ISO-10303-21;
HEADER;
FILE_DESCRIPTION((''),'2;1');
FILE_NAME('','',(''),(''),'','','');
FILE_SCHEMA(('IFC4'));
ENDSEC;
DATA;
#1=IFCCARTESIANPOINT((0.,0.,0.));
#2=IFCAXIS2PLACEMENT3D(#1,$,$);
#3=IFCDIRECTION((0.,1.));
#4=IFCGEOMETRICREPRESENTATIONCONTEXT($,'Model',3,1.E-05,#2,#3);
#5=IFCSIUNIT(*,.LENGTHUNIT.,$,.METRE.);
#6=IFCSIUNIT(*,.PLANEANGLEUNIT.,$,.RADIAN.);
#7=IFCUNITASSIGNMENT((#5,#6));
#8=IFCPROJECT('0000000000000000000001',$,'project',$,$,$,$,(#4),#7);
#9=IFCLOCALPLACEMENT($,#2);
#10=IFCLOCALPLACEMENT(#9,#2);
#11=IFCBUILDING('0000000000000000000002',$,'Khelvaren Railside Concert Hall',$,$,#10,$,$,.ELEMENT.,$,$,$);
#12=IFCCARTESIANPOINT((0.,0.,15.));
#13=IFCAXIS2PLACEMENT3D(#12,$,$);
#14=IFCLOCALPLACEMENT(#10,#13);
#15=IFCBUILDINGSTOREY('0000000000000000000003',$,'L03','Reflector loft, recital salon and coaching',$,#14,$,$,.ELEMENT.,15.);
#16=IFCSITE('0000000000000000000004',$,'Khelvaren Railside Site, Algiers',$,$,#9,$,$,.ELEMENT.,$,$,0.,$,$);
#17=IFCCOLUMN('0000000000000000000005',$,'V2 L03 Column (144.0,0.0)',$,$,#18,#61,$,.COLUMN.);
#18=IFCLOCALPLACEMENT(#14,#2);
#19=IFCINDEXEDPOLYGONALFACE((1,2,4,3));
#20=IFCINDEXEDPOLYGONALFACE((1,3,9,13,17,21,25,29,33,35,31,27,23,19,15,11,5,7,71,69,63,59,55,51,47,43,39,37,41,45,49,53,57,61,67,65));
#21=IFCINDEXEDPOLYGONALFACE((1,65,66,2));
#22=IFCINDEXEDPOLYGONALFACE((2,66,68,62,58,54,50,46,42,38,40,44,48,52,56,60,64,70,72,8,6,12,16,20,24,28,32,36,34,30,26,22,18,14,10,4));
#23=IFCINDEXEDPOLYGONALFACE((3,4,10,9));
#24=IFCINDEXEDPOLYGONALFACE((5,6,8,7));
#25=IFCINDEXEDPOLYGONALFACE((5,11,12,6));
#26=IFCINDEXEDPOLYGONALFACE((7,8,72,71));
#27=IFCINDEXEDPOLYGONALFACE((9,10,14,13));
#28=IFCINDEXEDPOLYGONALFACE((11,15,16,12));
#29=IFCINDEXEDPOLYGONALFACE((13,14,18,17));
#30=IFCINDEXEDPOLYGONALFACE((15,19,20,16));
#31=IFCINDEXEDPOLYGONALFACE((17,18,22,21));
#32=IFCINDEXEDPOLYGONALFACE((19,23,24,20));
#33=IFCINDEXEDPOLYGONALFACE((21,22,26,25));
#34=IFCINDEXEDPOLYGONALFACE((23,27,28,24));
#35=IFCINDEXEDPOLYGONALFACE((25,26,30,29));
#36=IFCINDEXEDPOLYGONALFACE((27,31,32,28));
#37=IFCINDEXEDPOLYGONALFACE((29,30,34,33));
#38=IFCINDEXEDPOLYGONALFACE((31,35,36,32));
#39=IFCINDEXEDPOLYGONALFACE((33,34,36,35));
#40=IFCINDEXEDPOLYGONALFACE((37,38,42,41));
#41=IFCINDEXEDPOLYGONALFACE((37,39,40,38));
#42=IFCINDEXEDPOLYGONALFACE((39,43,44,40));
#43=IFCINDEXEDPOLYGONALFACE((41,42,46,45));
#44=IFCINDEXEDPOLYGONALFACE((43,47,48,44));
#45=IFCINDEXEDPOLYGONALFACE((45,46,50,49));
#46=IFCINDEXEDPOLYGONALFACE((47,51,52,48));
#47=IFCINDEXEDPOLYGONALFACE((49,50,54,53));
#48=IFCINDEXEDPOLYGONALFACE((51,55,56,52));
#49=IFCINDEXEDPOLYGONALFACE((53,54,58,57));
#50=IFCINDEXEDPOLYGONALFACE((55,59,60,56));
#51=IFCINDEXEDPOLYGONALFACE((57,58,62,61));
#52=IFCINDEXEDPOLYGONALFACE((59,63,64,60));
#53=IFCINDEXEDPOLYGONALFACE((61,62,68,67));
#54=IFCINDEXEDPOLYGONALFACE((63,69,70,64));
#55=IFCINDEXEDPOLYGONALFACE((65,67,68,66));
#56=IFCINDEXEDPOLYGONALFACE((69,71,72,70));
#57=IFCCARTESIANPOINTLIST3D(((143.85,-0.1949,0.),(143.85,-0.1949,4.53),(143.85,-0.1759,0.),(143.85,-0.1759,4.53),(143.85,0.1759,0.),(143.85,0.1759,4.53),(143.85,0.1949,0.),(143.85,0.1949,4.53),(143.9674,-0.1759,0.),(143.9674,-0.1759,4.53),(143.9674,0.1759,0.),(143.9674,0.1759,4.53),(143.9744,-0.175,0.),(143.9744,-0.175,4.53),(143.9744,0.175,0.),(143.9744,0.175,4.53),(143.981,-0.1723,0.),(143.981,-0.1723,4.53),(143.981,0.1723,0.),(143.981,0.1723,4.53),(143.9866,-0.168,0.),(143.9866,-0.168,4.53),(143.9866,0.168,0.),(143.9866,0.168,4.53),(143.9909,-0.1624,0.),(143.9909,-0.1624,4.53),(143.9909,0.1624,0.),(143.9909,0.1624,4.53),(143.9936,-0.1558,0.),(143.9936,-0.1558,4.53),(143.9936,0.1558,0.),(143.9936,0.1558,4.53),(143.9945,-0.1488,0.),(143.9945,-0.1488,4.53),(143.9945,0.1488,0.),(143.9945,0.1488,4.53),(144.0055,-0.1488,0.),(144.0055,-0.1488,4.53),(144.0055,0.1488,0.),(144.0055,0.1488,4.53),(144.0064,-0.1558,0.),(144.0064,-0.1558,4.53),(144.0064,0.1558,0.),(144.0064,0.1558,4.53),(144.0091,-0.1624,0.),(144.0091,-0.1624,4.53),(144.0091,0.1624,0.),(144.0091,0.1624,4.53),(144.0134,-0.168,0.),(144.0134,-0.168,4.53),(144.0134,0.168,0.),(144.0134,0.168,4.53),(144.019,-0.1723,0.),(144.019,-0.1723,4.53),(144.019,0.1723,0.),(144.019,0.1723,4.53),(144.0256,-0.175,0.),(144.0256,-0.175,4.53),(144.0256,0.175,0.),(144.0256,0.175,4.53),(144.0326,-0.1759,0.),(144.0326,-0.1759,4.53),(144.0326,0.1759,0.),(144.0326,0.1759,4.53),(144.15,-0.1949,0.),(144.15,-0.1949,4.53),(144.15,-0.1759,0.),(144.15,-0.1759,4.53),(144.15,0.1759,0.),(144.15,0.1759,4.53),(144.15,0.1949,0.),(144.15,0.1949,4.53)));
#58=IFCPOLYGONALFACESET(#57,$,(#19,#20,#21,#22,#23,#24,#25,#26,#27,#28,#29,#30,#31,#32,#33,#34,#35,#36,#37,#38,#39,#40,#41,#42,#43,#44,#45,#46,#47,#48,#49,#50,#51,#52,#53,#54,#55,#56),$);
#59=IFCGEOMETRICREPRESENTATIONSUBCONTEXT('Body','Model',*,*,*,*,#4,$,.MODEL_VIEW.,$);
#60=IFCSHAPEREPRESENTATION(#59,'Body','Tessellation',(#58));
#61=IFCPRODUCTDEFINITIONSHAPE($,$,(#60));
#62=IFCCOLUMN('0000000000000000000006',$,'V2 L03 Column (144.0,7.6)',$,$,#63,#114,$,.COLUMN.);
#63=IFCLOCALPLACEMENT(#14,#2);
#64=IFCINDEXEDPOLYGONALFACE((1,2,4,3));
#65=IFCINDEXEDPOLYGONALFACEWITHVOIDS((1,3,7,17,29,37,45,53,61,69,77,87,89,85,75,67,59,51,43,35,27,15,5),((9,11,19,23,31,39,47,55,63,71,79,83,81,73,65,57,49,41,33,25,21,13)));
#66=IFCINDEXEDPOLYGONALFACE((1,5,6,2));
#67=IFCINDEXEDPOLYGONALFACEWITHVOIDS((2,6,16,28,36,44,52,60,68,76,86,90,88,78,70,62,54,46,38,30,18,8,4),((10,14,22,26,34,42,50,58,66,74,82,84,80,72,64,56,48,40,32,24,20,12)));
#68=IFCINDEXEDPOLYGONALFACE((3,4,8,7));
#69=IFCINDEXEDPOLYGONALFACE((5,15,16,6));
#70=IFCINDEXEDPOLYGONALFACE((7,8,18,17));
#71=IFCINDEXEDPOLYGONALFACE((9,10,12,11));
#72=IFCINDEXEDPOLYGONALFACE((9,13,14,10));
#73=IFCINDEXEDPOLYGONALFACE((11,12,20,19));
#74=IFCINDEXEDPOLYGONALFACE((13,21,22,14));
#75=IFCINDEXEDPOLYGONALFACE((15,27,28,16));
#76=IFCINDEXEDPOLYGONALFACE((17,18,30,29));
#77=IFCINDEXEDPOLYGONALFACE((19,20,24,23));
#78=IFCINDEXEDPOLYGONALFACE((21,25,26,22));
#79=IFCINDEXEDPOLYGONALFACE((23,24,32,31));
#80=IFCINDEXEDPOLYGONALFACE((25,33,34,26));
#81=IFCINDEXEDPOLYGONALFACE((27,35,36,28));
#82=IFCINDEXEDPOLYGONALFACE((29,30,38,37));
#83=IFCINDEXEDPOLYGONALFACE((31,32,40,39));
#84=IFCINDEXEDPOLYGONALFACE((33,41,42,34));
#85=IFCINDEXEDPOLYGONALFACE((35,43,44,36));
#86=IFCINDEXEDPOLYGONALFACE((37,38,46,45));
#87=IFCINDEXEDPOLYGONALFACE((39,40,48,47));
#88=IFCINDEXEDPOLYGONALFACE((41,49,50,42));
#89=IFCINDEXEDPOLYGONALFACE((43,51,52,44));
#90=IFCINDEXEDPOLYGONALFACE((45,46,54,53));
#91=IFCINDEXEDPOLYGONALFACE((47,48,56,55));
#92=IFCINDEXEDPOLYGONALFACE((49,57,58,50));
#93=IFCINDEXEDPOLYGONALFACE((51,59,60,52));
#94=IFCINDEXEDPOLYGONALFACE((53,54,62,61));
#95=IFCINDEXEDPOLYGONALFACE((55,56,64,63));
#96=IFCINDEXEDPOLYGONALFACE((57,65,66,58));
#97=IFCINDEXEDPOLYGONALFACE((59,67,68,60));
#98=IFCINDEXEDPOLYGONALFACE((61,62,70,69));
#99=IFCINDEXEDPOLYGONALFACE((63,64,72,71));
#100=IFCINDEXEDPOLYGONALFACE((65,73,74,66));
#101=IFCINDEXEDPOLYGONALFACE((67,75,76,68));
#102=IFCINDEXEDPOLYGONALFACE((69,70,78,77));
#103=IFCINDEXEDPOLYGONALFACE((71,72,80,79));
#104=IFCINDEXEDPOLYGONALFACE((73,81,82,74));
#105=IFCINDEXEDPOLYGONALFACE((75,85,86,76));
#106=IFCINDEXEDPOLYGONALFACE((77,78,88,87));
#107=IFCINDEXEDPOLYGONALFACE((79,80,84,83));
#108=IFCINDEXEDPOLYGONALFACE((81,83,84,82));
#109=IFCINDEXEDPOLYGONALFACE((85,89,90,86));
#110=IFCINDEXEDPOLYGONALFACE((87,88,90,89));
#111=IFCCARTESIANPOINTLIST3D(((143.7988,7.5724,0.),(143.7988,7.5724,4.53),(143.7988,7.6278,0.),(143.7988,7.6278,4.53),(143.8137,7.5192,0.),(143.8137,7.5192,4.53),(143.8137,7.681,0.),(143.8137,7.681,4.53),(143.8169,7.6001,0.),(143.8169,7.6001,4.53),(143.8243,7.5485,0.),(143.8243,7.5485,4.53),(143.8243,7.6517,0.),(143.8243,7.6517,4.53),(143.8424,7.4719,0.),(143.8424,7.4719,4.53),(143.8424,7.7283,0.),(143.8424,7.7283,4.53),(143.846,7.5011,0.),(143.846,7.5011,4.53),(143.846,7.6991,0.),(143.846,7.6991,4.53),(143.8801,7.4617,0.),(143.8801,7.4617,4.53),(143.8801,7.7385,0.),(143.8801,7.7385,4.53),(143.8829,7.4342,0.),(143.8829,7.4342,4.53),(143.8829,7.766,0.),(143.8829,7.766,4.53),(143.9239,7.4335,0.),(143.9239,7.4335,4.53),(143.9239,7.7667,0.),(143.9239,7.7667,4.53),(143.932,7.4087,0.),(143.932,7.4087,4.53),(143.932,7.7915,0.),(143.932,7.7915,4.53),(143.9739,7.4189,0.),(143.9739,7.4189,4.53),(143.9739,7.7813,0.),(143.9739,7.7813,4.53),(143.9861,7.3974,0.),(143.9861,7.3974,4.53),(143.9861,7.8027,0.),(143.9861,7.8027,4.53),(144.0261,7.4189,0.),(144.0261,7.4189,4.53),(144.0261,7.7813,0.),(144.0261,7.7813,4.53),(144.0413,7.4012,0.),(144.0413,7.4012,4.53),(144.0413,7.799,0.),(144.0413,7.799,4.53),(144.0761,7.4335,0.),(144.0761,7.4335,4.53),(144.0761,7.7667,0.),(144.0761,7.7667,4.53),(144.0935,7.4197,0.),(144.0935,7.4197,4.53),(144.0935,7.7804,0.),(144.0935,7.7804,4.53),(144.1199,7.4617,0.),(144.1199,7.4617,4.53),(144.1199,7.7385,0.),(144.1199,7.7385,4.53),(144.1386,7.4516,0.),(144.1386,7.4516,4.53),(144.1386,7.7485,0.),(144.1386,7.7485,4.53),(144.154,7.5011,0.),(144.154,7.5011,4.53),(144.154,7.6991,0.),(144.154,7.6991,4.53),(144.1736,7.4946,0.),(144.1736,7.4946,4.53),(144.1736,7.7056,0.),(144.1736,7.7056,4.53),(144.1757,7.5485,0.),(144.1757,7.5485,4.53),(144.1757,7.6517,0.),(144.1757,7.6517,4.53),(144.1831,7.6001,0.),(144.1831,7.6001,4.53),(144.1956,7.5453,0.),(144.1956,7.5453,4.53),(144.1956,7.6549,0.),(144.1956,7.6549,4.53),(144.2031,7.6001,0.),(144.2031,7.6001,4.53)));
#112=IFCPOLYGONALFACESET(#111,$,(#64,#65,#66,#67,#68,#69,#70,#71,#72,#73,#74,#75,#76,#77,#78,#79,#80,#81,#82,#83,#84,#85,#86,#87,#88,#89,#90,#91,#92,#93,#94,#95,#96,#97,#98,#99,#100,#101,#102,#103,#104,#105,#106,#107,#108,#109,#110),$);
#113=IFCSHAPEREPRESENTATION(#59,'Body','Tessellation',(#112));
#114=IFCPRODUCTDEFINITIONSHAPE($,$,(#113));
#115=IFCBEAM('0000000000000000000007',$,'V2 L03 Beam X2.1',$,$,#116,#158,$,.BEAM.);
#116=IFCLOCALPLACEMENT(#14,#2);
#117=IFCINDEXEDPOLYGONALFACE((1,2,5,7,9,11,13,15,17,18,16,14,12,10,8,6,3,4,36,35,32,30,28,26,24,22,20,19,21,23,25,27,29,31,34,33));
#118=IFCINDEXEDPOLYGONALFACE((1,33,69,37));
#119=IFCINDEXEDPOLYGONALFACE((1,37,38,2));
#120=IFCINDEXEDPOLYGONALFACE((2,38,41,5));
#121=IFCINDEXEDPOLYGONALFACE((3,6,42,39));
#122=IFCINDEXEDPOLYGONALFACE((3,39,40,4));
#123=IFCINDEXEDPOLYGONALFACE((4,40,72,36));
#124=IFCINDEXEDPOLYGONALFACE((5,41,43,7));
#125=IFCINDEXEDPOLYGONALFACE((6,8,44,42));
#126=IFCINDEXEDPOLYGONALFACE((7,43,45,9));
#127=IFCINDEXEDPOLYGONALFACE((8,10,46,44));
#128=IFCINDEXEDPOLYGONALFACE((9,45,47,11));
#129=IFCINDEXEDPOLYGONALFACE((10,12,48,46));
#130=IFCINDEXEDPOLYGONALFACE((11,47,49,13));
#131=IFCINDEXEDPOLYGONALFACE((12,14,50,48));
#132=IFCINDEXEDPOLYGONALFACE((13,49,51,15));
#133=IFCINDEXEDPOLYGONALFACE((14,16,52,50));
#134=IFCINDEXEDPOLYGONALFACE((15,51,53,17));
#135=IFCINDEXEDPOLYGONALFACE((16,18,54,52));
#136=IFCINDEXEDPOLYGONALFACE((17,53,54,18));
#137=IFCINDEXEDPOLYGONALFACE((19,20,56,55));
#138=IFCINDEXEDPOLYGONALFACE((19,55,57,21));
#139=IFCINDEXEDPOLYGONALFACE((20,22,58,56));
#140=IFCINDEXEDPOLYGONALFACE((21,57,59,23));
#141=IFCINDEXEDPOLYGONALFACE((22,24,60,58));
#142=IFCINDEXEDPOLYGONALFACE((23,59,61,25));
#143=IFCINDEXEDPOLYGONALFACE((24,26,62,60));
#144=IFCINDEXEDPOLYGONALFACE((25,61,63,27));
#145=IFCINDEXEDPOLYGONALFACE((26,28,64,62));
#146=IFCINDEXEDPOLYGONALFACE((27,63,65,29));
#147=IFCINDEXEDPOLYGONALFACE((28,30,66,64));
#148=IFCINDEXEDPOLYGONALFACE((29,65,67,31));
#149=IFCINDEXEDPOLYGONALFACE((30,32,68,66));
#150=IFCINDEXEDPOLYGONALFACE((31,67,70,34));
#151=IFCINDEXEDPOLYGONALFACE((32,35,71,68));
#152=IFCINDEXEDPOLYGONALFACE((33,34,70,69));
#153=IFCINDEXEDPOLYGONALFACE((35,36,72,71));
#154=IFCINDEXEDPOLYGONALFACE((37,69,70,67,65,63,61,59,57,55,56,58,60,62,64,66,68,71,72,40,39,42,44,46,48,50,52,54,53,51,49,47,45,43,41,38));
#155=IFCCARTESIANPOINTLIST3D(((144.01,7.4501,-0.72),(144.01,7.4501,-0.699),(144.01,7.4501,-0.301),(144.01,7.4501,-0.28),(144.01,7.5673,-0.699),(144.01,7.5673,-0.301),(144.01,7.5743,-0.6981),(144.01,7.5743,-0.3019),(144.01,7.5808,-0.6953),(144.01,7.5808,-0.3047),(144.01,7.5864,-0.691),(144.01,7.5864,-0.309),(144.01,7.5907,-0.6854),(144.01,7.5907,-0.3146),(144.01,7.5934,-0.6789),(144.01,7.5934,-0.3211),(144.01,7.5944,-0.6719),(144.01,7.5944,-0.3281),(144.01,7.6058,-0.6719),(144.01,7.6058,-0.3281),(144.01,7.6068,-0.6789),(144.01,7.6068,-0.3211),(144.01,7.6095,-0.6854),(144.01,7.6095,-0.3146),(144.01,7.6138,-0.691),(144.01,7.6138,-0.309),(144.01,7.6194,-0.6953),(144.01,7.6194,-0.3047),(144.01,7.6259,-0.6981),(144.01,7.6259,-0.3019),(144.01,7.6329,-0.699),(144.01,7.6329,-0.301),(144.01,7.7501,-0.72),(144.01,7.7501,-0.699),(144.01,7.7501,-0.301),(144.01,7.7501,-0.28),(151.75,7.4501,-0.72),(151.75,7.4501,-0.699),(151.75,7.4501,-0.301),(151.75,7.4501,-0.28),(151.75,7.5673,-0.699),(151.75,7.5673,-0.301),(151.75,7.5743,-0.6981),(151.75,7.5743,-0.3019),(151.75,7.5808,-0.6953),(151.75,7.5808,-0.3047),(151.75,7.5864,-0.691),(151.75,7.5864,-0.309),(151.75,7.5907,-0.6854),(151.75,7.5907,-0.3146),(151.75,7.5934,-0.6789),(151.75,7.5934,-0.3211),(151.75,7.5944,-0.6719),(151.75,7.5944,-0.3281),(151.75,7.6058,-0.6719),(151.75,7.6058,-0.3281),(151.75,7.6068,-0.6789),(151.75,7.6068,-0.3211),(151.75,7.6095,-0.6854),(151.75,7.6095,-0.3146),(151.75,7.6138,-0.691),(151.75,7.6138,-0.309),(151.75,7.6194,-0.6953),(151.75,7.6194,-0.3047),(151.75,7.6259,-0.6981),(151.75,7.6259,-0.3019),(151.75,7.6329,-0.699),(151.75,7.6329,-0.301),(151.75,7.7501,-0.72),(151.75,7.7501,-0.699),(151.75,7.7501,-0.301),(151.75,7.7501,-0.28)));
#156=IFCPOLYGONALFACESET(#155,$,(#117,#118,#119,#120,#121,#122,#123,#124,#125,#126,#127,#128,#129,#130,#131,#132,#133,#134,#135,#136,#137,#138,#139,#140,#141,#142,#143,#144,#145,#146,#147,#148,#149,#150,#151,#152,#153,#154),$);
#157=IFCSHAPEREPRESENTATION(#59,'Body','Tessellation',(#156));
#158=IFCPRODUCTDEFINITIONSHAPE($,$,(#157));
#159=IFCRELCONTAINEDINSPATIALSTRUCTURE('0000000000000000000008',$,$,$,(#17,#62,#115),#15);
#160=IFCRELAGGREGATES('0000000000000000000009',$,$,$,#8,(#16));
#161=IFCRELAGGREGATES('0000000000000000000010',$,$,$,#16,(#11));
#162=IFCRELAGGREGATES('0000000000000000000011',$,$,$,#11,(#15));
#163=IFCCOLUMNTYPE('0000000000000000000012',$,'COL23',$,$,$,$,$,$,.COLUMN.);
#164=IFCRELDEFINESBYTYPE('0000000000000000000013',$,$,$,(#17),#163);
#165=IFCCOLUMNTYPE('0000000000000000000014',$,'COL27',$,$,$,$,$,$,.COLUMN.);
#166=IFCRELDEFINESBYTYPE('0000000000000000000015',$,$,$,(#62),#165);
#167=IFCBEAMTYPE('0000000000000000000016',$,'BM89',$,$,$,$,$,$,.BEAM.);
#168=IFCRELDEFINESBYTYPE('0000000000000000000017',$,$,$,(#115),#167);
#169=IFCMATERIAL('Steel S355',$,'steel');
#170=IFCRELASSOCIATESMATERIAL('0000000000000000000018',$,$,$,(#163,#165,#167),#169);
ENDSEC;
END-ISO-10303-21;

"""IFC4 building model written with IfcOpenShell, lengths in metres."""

from ifc_helpers import new_model, si_unit, direction, frame, origin, origin_2d, place, context, subcontext, project, spatial, hollow_circle, i_section, extrude, material, material_profile, profile_set, type_object, element, save


model = new_model("IFC4")

# Units and contexts
model_context = context("Model", 3, precision=1e-05, world=origin(), true_north=direction((0.0, 1.0)))
body_context = subcontext(model_context, "Body", "Model", "MODEL_VIEW")
ifc_project = project(units=[si_unit("LENGTHUNIT", "METRE"), si_unit("PLANEANGLEUNIT", "RADIAN")], contexts=[model_context])

# Site, building, storey
site_placement = place(None, origin())
site = spatial("IfcSite", under=ifc_project, at=site_placement, Name="Khelvaren Railside Site, Algiers", CompositionType="ELEMENT", RefElevation=0.0)
building_placement = place(site_placement, origin())
building = spatial("IfcBuilding", under=site, at=building_placement, Name="Khelvaren Railside Concert Hall", CompositionType="ELEMENT")
storey_placement = place(building_placement, frame((0.0, 0.0, 15.0)))
storey = spatial("IfcBuildingStorey", under=building, at=storey_placement, Name="L03", Description="Reflector loft, recital salon and coaching", CompositionType="ELEMENT", Elevation=15.0)

# Columns
ifc_material_1 = material(Name="Steel S355", Category="steel")
ifc_material_profile_1 = material_profile(ifc_material_1, i_section(OverallWidth=0.3, OverallDepth=0.3899, WebThickness=0.011, FlangeThickness=0.019, FilletRadius=0.0271, at=origin_2d()), Name="HEA 400")
ifc_profile_set_1 = profile_set([ifc_material_profile_1], Name="Steel S355")
column_type_1 = type_object("IfcColumnType", Name="COL23", PredefinedType="COLUMN", material=ifc_profile_set_1)
column_1_placement = place(storey_placement, frame((144.0, 0.0, 0.0), z_axis=(0.0, 0.0, 1.0), x_axis=(1.0, 0.0, 0.0)))
element("IfcColumn", 1, at=column_1_placement, inside=storey, type_object=column_type_1, Name="V2 L03 Column (144.0,0.0)", PredefinedType="COLUMN", context=body_context, shape_type="SweptSolid", body=[
    extrude(i_section(OverallWidth=0.3, OverallDepth=0.3899, WebThickness=0.011, FlangeThickness=0.019, FilletRadius=0.0271, at=origin_2d()), origin(), (0.0, 0.0, 1.0), 4.53),
])
ifc_material_profile_2 = material_profile(ifc_material_1, hollow_circle(Radius=0.2031, WallThickness=0.02, at=origin_2d()), Name="CHS 406.4x20")
ifc_profile_set_2 = profile_set([ifc_material_profile_2], Name="Steel S355")
column_type_2 = type_object("IfcColumnType", Name="COL27", PredefinedType="COLUMN", material=ifc_profile_set_2)
column_2_placement = place(storey_placement, frame((144.0, 7.6001, 0.0), z_axis=(0.0, 0.0, 1.0), x_axis=(1.0, 0.0, 0.0)))
element("IfcColumn", 2, at=column_2_placement, inside=storey, type_object=column_type_2, Name="V2 L03 Column (144.0,7.6)", PredefinedType="COLUMN", context=body_context, shape_type="SweptSolid", body=[
    extrude(hollow_circle(Radius=0.2031, WallThickness=0.02, at=origin_2d()), origin(), (0.0, 0.0, 1.0), 4.53),
])

# Beam
ifc_material_profile_3 = material_profile(ifc_material_1, i_section(OverallWidth=0.3, OverallDepth=0.4399, WebThickness=0.0115, FlangeThickness=0.021, FilletRadius=0.0271, at=origin_2d()), Name="HEA 450")
ifc_profile_set_3 = profile_set([ifc_material_profile_3], Name="Steel S355")
beam_type_1 = type_object("IfcBeamType", Name="BM89", PredefinedType="BEAM", material=ifc_profile_set_3)
beam_1_placement = place(storey_placement, frame((144.01, 7.6001, -0.5), z_axis=(1.0, 0.0, 0.0), x_axis=(0.0, 1.0, 0.0)))
element("IfcBeam", 3, at=beam_1_placement, inside=storey, type_object=beam_type_1, Name="V2 L03 Beam X2.1", PredefinedType="BEAM", context=body_context, shape_type="SweptSolid", body=[
    extrude(i_section(OverallWidth=0.3, OverallDepth=0.4399, WebThickness=0.0115, FlangeThickness=0.021, FilletRadius=0.0271, at=origin_2d()), origin(), (0.0, 0.0, 1.0), 7.74),
])

save(model, "model.ifc")
